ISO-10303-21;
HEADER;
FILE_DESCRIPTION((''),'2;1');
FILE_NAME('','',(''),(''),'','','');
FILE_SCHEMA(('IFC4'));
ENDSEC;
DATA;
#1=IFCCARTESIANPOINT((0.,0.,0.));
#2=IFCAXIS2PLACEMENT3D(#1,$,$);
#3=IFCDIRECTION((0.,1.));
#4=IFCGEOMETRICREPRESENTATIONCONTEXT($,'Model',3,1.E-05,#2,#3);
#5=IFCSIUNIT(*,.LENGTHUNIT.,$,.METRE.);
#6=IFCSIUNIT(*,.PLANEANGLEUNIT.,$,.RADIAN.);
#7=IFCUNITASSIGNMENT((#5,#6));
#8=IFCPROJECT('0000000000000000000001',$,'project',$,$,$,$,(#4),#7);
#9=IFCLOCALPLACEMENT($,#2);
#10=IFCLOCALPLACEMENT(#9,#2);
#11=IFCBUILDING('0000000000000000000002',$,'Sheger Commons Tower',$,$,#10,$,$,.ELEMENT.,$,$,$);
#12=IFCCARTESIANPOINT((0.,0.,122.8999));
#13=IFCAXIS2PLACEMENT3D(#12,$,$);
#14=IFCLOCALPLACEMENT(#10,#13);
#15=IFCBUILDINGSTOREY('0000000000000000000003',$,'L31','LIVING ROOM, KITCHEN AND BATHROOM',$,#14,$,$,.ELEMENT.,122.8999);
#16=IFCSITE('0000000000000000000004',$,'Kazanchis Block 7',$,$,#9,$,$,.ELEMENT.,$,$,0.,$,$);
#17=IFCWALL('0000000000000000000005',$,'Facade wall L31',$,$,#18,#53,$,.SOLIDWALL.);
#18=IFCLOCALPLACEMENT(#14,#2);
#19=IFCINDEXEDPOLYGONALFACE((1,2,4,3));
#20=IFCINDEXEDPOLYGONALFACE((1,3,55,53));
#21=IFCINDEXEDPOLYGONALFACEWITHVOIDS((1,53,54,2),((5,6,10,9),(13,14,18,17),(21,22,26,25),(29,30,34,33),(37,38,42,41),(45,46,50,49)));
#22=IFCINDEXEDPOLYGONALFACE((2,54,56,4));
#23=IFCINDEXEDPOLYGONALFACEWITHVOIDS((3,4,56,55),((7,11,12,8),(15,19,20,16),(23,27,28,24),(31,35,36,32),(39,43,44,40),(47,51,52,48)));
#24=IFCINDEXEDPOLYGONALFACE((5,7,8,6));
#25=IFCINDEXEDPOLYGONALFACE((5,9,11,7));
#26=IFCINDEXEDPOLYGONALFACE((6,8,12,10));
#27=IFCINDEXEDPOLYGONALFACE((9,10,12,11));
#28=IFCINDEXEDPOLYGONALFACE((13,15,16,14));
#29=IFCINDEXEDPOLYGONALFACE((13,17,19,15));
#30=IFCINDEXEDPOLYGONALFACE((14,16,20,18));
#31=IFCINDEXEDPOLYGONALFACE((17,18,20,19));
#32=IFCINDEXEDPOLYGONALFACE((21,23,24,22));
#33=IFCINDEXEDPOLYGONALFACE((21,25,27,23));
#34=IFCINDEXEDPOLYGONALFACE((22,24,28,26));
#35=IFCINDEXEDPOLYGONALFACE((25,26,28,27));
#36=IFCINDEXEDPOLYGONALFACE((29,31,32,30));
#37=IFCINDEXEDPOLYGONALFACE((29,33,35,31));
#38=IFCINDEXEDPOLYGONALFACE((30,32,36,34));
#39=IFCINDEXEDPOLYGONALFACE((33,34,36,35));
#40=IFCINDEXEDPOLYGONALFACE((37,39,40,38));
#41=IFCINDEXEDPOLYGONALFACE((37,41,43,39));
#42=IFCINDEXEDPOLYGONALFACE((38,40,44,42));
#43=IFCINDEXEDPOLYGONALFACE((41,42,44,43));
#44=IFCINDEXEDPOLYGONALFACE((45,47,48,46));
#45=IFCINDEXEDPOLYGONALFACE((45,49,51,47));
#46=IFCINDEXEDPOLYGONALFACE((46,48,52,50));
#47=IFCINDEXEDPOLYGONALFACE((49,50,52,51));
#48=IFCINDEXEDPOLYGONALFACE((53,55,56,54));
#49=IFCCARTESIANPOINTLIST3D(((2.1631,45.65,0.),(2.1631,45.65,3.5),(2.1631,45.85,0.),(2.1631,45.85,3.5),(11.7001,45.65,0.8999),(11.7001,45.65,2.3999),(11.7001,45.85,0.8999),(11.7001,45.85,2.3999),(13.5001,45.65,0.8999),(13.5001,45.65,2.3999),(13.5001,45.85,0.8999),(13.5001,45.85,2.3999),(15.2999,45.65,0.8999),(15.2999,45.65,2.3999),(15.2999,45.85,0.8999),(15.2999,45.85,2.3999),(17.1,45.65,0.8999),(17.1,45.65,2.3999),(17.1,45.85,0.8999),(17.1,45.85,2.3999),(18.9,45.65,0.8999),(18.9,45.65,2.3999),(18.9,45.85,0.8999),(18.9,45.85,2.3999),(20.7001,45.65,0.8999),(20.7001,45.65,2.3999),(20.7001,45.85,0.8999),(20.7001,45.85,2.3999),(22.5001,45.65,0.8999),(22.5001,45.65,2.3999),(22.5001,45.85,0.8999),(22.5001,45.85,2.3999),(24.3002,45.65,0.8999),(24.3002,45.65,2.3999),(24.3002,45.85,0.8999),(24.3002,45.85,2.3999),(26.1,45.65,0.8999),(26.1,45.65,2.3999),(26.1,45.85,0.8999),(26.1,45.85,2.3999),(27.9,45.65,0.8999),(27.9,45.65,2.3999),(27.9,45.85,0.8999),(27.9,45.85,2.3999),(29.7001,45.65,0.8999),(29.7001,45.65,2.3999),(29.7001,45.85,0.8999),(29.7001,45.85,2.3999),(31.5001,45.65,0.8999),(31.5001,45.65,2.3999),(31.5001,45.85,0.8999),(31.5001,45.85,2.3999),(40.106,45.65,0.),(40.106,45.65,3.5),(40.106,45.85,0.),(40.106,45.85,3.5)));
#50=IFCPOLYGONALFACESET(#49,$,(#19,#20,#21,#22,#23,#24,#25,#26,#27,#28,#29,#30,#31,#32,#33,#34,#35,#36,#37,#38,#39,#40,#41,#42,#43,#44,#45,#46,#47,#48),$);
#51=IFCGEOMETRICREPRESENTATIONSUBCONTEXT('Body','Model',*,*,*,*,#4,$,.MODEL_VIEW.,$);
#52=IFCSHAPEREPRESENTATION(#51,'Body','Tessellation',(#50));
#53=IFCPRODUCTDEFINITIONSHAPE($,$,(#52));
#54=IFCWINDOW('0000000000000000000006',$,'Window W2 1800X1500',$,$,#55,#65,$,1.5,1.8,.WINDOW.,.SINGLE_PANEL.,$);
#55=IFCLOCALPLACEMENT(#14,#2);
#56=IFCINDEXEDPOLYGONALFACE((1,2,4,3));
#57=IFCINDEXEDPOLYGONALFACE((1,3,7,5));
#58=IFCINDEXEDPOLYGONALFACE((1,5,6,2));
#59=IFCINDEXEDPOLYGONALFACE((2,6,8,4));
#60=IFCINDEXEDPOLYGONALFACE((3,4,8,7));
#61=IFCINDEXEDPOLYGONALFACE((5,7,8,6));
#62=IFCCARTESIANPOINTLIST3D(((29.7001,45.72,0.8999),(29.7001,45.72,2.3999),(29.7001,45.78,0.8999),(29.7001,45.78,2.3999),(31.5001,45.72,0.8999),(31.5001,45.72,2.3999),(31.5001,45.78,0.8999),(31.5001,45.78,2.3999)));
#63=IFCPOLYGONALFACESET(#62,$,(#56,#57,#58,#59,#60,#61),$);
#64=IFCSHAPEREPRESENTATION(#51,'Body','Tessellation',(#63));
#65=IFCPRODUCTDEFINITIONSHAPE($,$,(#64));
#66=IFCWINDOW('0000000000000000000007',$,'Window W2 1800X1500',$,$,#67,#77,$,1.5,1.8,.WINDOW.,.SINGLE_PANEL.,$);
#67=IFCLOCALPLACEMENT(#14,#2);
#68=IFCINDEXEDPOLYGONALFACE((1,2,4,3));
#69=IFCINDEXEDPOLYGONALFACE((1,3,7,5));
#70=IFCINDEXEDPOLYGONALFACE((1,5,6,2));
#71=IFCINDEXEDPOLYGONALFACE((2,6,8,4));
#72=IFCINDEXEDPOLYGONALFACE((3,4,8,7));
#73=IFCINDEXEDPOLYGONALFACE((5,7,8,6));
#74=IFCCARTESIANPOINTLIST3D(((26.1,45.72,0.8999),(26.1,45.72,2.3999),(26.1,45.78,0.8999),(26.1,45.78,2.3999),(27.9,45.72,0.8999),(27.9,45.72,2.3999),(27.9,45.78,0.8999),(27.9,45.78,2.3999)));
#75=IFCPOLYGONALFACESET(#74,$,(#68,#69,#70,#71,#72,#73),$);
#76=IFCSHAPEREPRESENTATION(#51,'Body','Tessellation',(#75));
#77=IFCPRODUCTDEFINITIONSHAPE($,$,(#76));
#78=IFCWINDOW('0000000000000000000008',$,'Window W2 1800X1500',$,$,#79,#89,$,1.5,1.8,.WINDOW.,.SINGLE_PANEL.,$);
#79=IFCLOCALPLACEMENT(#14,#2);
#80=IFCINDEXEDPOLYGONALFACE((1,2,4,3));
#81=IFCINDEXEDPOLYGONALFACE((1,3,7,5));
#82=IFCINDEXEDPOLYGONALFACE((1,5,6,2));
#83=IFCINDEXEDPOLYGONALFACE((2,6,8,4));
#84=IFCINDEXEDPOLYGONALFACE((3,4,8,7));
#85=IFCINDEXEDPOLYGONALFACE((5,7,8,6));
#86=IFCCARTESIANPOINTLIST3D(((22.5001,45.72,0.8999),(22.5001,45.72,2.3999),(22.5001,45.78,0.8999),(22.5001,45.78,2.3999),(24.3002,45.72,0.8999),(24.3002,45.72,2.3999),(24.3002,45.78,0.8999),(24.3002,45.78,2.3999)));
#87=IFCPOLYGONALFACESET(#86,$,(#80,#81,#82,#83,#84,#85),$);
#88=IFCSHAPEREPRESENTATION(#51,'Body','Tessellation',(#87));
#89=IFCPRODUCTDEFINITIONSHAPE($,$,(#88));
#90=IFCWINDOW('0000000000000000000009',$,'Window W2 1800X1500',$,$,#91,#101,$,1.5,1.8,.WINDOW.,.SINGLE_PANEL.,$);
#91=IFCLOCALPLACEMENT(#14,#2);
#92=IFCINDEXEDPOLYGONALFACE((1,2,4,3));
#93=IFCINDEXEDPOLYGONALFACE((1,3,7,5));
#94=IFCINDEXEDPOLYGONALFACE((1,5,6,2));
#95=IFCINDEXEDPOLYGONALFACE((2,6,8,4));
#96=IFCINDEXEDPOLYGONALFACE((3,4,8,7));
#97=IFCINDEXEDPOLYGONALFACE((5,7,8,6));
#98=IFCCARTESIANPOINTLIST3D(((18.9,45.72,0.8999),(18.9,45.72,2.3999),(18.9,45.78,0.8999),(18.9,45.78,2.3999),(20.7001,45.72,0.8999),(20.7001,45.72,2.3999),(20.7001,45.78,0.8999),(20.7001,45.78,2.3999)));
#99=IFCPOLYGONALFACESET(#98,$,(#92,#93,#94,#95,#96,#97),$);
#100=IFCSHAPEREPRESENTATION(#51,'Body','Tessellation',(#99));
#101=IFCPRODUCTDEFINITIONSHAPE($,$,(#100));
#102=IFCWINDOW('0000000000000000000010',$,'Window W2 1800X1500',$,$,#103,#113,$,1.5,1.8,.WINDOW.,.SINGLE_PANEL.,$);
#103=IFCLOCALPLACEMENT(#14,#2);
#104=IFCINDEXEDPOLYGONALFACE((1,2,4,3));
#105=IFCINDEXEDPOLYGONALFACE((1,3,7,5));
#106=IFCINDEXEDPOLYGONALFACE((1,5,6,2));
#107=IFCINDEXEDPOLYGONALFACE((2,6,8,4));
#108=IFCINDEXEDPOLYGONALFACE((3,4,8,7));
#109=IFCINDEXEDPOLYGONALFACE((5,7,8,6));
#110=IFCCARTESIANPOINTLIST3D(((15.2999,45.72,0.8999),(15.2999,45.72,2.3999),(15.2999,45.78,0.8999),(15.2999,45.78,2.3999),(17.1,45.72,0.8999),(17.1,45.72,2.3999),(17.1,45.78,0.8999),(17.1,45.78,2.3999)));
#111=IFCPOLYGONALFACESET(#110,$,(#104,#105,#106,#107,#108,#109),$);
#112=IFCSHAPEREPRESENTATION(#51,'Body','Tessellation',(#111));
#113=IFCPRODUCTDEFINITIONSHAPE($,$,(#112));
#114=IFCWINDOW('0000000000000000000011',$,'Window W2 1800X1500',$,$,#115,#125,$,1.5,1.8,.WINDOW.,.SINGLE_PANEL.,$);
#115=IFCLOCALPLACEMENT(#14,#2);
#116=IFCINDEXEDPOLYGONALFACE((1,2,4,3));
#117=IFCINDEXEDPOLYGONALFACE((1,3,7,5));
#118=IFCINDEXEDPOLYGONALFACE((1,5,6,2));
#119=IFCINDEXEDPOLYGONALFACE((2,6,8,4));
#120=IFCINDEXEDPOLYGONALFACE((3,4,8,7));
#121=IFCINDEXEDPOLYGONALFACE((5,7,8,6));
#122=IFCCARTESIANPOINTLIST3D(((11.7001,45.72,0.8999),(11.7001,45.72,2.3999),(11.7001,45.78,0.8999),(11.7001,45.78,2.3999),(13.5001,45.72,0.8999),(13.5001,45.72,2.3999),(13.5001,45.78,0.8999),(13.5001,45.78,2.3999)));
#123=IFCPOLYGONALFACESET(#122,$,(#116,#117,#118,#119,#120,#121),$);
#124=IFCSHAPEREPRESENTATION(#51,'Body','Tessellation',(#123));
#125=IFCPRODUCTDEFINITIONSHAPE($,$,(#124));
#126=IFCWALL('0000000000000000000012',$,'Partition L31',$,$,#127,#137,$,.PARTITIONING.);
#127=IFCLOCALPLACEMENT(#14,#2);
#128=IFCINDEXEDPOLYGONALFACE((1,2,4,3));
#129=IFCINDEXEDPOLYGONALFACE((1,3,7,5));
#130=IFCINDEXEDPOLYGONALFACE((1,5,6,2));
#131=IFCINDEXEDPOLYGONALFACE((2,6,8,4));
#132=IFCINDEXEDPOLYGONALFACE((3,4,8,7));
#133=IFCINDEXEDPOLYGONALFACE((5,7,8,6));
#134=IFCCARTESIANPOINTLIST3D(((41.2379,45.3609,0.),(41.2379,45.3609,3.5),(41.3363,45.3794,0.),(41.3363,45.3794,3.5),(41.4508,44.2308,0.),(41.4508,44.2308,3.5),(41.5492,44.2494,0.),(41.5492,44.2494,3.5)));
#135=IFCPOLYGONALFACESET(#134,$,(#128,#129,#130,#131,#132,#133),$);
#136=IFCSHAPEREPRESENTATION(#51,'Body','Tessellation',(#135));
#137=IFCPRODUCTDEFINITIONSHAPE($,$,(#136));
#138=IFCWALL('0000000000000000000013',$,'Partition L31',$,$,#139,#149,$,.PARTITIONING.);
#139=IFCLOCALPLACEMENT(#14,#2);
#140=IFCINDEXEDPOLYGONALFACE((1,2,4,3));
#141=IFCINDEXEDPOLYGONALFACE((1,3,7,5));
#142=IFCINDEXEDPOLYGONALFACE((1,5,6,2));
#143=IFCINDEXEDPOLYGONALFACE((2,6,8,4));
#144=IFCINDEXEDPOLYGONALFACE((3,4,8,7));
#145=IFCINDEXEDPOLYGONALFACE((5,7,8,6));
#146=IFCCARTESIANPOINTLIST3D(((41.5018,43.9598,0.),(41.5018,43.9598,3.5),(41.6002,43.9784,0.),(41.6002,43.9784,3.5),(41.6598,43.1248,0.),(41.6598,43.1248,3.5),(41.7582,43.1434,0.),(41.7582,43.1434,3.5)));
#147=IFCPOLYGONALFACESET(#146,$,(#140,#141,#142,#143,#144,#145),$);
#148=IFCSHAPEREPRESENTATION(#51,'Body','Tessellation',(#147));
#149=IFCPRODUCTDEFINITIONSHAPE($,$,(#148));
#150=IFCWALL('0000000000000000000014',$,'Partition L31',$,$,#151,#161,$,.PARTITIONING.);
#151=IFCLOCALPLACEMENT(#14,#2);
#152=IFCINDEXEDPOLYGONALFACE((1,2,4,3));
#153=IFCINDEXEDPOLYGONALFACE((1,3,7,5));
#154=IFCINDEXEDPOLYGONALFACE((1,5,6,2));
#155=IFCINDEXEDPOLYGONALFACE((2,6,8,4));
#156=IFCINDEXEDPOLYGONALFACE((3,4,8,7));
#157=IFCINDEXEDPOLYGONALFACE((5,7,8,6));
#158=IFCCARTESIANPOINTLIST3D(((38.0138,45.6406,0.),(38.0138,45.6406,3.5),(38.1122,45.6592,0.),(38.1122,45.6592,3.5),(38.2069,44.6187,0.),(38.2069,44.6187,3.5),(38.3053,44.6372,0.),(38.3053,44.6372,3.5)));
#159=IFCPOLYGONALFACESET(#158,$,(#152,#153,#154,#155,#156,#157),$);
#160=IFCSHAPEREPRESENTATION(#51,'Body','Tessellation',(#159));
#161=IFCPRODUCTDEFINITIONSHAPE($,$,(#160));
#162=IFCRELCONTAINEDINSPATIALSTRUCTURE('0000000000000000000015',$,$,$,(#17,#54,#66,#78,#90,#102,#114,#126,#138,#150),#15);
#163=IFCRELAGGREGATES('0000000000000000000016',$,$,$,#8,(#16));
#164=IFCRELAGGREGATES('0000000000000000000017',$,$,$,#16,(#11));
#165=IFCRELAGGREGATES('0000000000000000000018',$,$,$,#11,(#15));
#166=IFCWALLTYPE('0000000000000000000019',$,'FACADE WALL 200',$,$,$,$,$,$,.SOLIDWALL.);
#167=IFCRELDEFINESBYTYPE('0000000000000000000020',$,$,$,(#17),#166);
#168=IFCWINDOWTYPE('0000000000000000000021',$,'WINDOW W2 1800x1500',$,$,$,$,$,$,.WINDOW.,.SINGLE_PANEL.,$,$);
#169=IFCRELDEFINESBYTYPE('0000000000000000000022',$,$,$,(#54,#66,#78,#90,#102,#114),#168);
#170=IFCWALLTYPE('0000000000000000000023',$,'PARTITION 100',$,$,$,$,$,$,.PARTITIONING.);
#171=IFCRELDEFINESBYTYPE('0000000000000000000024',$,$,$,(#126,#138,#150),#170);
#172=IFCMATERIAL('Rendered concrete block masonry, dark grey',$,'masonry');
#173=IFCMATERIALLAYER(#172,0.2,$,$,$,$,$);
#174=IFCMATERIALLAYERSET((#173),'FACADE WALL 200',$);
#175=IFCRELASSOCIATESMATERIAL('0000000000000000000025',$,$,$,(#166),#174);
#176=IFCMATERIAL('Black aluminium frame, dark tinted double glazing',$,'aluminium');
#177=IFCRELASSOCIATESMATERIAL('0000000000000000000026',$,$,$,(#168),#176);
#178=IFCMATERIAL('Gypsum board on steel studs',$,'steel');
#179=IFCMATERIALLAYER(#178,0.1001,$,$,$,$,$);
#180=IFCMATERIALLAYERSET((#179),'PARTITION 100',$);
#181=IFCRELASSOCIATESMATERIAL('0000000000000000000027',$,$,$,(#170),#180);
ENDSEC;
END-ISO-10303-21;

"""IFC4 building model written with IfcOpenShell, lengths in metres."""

from ifc_helpers import new_model, si_unit, direction, frame, frame_2d, origin, place, context, subcontext, project, spatial, rectangle, extrude, material, layer, layer_set, type_object, element, fill, save


model = new_model("IFC4")

# Units and contexts
model_context = context("Model", 3, precision=1e-05, world=origin(), true_north=direction((0.0, 1.0)))
body_context = subcontext(model_context, "Body", "Model", "MODEL_VIEW")
ifc_project = project(units=[si_unit("LENGTHUNIT", "METRE"), si_unit("PLANEANGLEUNIT", "RADIAN")], contexts=[model_context])

# Site, building, storey
site_placement = place(None, origin())
site = spatial("IfcSite", under=ifc_project, at=site_placement, Name="Kazanchis Block 7", CompositionType="ELEMENT", RefElevation=0.0)
building_placement = place(site_placement, origin())
building = spatial("IfcBuilding", under=site, at=building_placement, Name="Sheger Commons Tower", CompositionType="ELEMENT")
storey_placement = place(building_placement, frame((0.0, 0.0, 122.8999)))
storey = spatial("IfcBuildingStorey", under=building, at=storey_placement, Name="L31", Description="LIVING ROOM, KITCHEN AND BATHROOM", CompositionType="ELEMENT", Elevation=122.8999)

# Shared definitions
ifc_material_1 = material(Name="Rendered concrete block masonry, dark grey", Category="masonry")
ifc_layer_1 = layer(ifc_material_1, 0.2)
ifc_layer_set_1 = layer_set([ifc_layer_1], Name="FACADE WALL 200")
wall_type_1 = type_object("IfcWallType", Name="FACADE WALL 200", PredefinedType="SOLIDWALL", material=ifc_layer_set_1)

# Wall, openings, windows
wall_1_placement = place(storey_placement, frame((40.106, 45.75, 0.0), z_axis=(0.0, 0.0, 1.0), x_axis=(-1.0, 0.0, 0.0)))
wall_1 = element("IfcWall", 1, at=wall_1_placement, inside=storey, type_object=wall_type_1, Name="Facade wall L31", PredefinedType="SOLIDWALL", context=body_context, shape_type="SweptSolid", body=[
    extrude(rectangle(XDim=37.9429, YDim=0.2, at=frame_2d((18.9714, 0.0))), origin(), (0.0, 0.0, 1.0), 3.5),
])
opening_1_placement = place(wall_1_placement, frame((8.606, 0.0, 0.8999)))
opening_1 = element("IfcOpeningElement", 2, at=opening_1_placement, cuts=wall_1, PredefinedType="OPENING", context=body_context, shape_type="SweptSolid", body=[
    extrude(rectangle(XDim=1.8, YDim=1.5, at=frame_2d((0.8999, 0.75))), frame((0.0, 0.1099, 0.0), z_axis=(0.0, -1.0, 0.0), x_axis=(1.0, 0.0, 0.0)), (0.0, 0.0, 1.0), 0.22),
])
opening_2_placement = place(wall_1_placement, frame((12.2061, 0.0, 0.8999)))
opening_2 = element("IfcOpeningElement", 3, at=opening_2_placement, cuts=wall_1, PredefinedType="OPENING", context=body_context, shape_type="SweptSolid", body=[
    extrude(rectangle(XDim=1.8, YDim=1.5, at=frame_2d((0.8999, 0.75))), frame((0.0, 0.1099, 0.0), z_axis=(0.0, -1.0, 0.0), x_axis=(1.0, 0.0, 0.0)), (0.0, 0.0, 1.0), 0.22),
])
opening_3_placement = place(wall_1_placement, frame((15.8059, 0.0, 0.8999)))
opening_3 = element("IfcOpeningElement", 4, at=opening_3_placement, cuts=wall_1, PredefinedType="OPENING", context=body_context, shape_type="SweptSolid", body=[
    extrude(rectangle(XDim=1.8, YDim=1.5, at=frame_2d((0.8999, 0.75))), frame((0.0, 0.1099, 0.0), z_axis=(0.0, -1.0, 0.0), x_axis=(1.0, 0.0, 0.0)), (0.0, 0.0, 1.0), 0.22),
])
opening_4_placement = place(wall_1_placement, frame((19.406, 0.0, 0.8999)))
opening_4 = element("IfcOpeningElement", 5, at=opening_4_placement, cuts=wall_1, PredefinedType="OPENING", context=body_context, shape_type="SweptSolid", body=[
    extrude(rectangle(XDim=1.8, YDim=1.5, at=frame_2d((0.8999, 0.75))), frame((0.0, 0.1099, 0.0), z_axis=(0.0, -1.0, 0.0), x_axis=(1.0, 0.0, 0.0)), (0.0, 0.0, 1.0), 0.22),
])
opening_5_placement = place(wall_1_placement, frame((23.0061, 0.0, 0.8999)))
opening_5 = element("IfcOpeningElement", 6, at=opening_5_placement, cuts=wall_1, PredefinedType="OPENING", context=body_context, shape_type="SweptSolid", body=[
    extrude(rectangle(XDim=1.8, YDim=1.5, at=frame_2d((0.8999, 0.75))), frame((0.0, 0.1099, 0.0), z_axis=(0.0, -1.0, 0.0), x_axis=(1.0, 0.0, 0.0)), (0.0, 0.0, 1.0), 0.22),
])
opening_6_placement = place(wall_1_placement, frame((26.606, 0.0, 0.8999)))
opening_6 = element("IfcOpeningElement", 7, at=opening_6_placement, cuts=wall_1, PredefinedType="OPENING", context=body_context, shape_type="SweptSolid", body=[
    extrude(rectangle(XDim=1.8, YDim=1.5, at=frame_2d((0.8999, 0.75))), frame((0.0, 0.1099, 0.0), z_axis=(0.0, -1.0, 0.0), x_axis=(1.0, 0.0, 0.0)), (0.0, 0.0, 1.0), 0.22),
])
ifc_material_2 = material(Name="Black aluminium frame, dark tinted double glazing", Category="aluminium")
window_type = type_object("IfcWindowType", Name="WINDOW W2 1800x1500", PartitioningType="SINGLE_PANEL", PredefinedType="WINDOW", material=ifc_material_2)
window_1_placement = place(opening_1_placement, origin())
window_1 = element("IfcWindow", 8, at=window_1_placement, inside=storey, type_object=window_type, Name="Window W2 1800X1500", OverallHeight=1.5, OverallWidth=1.8, PartitioningType="SINGLE_PANEL", PredefinedType="WINDOW", context=body_context, shape_type="SweptSolid", body=[
    extrude(rectangle(XDim=1.8, YDim=1.5, at=frame_2d((0.8999, 0.75))), frame((0.0, 0.03, 0.0), z_axis=(0.0, -1.0, 0.0), x_axis=(1.0, 0.0, 0.0)), (0.0, 0.0, 1.0), 0.0601),
])
fill(opening_1, window_1)
window_2_placement = place(opening_2_placement, origin())
window_2 = element("IfcWindow", 9, at=window_2_placement, inside=storey, type_object=window_type, Name="Window W2 1800X1500", OverallHeight=1.5, OverallWidth=1.8, PartitioningType="SINGLE_PANEL", PredefinedType="WINDOW", context=body_context, shape_type="SweptSolid", body=[
    extrude(rectangle(XDim=1.8, YDim=1.5, at=frame_2d((0.8999, 0.75))), frame((0.0, 0.03, 0.0), z_axis=(0.0, -1.0, 0.0), x_axis=(1.0, 0.0, 0.0)), (0.0, 0.0, 1.0), 0.0601),
])
fill(opening_2, window_2)
window_3_placement = place(opening_3_placement, origin())
window_3 = element("IfcWindow", 10, at=window_3_placement, inside=storey, type_object=window_type, Name="Window W2 1800X1500", OverallHeight=1.5, OverallWidth=1.8, PartitioningType="SINGLE_PANEL", PredefinedType="WINDOW", context=body_context, shape_type="SweptSolid", body=[
    extrude(rectangle(XDim=1.8, YDim=1.5, at=frame_2d((0.8999, 0.75))), frame((0.0, 0.03, 0.0), z_axis=(0.0, -1.0, 0.0), x_axis=(1.0, 0.0, 0.0)), (0.0, 0.0, 1.0), 0.0601),
])
fill(opening_3, window_3)
window_4_placement = place(opening_4_placement, origin())
window_4 = element("IfcWindow", 11, at=window_4_placement, inside=storey, type_object=window_type, Name="Window W2 1800X1500", OverallHeight=1.5, OverallWidth=1.8, PartitioningType="SINGLE_PANEL", PredefinedType="WINDOW", context=body_context, shape_type="SweptSolid", body=[
    extrude(rectangle(XDim=1.8, YDim=1.5, at=frame_2d((0.8999, 0.75))), frame((0.0, 0.03, 0.0), z_axis=(0.0, -1.0, 0.0), x_axis=(1.0, 0.0, 0.0)), (0.0, 0.0, 1.0), 0.0601),
])
fill(opening_4, window_4)
window_5_placement = place(opening_5_placement, origin())
window_5 = element("IfcWindow", 12, at=window_5_placement, inside=storey, type_object=window_type, Name="Window W2 1800X1500", OverallHeight=1.5, OverallWidth=1.8, PartitioningType="SINGLE_PANEL", PredefinedType="WINDOW", context=body_context, shape_type="SweptSolid", body=[
    extrude(rectangle(XDim=1.8, YDim=1.5, at=frame_2d((0.8999, 0.75))), frame((0.0, 0.03, 0.0), z_axis=(0.0, -1.0, 0.0), x_axis=(1.0, 0.0, 0.0)), (0.0, 0.0, 1.0), 0.0601),
])
fill(opening_5, window_5)
window_6_placement = place(opening_6_placement, origin())
window_6 = element("IfcWindow", 13, at=window_6_placement, inside=storey, type_object=window_type, Name="Window W2 1800X1500", OverallHeight=1.5, OverallWidth=1.8, PartitioningType="SINGLE_PANEL", PredefinedType="WINDOW", context=body_context, shape_type="SweptSolid", body=[
    extrude(rectangle(XDim=1.8, YDim=1.5, at=frame_2d((0.8999, 0.75))), frame((0.0, 0.03, 0.0), z_axis=(0.0, -1.0, 0.0), x_axis=(1.0, 0.0, 0.0)), (0.0, 0.0, 1.0), 0.0601),
])
fill(opening_6, window_6)

# Walls
ifc_material_3 = material(Name="Gypsum board on steel studs", Category="steel")
ifc_layer_2 = layer(ifc_material_3, 0.1001)
ifc_layer_set_2 = layer_set([ifc_layer_2], Name="PARTITION 100")
wall_type_2 = type_object("IfcWallType", Name="PARTITION 100", PredefinedType="PARTITIONING", material=ifc_layer_set_2)
wall_2_placement = place(storey_placement, frame((41.2871, 45.3701, 0.0), z_axis=(0.0, 0.0, 1.0), x_axis=(0.185122, -0.982716, 0.0)))
element("IfcWall", 14, at=wall_2_placement, inside=storey, type_object=wall_type_2, Name="Partition L31", PredefinedType="PARTITIONING", context=body_context, shape_type="SweptSolid", body=[
    extrude(rectangle(XDim=1.1499, YDim=0.1001, at=frame_2d((0.575, 0.0))), origin(), (0.0, 0.0, 1.0), 3.5),
])
wall_3_placement = place(storey_placement, frame((41.551, 43.969, 0.0), z_axis=(0.0, 0.0, 1.0), x_axis=(0.185884, -0.982572, 0.0)))
element("IfcWall", 15, at=wall_3_placement, inside=storey, type_object=wall_type_2, Name="Partition L31", PredefinedType="PARTITIONING", context=body_context, shape_type="SweptSolid", body=[
    extrude(rectangle(XDim=0.8499, YDim=0.1001, at=frame_2d((0.4248, 0.0))), origin(), (0.0, 0.0, 1.0), 3.5),
])
wall_4_placement = place(storey_placement, frame((38.063, 45.6499, 0.0), z_axis=(0.0, 0.0, 1.0), x_axis=(0.185677, -0.982611, 0.0)))
element("IfcWall", 16, at=wall_4_placement, inside=storey, type_object=wall_type_2, Name="Partition L31", PredefinedType="PARTITIONING", context=body_context, shape_type="SweptSolid", body=[
    extrude(rectangle(XDim=1.04, YDim=0.1001, at=frame_2d((0.52, 0.0))), origin(), (0.0, 0.0, 1.0), 3.5),
])

save(model, "model.ifc")
